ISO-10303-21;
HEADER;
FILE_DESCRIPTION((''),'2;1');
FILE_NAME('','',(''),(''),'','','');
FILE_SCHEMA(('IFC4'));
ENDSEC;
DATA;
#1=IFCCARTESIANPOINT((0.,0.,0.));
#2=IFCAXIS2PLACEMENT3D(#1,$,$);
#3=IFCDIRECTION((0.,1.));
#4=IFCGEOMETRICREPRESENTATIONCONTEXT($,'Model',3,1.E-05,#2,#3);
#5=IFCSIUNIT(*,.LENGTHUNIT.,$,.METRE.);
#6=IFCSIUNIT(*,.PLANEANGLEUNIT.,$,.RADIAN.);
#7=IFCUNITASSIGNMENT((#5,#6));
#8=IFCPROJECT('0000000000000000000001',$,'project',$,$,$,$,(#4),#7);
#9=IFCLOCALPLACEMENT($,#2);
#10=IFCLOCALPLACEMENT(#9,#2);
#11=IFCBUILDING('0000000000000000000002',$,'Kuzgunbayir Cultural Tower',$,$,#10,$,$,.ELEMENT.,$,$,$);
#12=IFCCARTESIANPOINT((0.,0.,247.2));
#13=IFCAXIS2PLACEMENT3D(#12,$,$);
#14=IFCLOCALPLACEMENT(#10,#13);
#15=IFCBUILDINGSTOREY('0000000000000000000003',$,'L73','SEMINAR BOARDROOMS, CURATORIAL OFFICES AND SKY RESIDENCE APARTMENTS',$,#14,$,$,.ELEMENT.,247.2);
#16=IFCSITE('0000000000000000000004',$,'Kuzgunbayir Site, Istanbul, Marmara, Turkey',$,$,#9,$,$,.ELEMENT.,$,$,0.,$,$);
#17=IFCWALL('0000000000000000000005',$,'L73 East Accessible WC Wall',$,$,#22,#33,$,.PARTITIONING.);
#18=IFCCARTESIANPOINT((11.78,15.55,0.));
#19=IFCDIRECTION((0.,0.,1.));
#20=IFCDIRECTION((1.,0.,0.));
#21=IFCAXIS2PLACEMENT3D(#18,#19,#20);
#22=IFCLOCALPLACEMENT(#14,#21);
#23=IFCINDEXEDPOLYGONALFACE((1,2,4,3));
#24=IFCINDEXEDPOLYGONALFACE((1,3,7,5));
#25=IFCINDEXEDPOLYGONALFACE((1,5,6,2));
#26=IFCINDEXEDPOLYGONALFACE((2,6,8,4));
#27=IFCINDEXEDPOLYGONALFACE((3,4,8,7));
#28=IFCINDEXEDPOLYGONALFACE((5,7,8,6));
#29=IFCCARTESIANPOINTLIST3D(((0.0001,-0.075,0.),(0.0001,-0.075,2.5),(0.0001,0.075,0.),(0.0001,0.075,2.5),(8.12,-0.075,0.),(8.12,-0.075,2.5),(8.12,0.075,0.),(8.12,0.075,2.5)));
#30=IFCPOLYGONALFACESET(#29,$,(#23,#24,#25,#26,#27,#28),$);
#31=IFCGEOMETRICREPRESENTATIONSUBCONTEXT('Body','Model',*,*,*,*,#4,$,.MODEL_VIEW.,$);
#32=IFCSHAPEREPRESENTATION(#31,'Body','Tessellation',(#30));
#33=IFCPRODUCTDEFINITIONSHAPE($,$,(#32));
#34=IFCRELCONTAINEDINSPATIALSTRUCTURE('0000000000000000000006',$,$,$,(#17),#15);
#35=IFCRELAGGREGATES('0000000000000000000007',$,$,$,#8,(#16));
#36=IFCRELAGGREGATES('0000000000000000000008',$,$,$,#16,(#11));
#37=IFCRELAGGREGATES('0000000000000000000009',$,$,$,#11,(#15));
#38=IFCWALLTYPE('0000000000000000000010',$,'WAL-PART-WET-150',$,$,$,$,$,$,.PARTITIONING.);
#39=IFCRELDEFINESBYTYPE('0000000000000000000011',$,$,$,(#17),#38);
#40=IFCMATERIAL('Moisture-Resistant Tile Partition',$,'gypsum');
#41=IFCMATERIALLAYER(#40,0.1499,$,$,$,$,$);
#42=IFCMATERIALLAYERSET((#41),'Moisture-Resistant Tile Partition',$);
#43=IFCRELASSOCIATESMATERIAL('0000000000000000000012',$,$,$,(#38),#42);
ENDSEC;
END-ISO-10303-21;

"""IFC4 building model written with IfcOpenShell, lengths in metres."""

from ifc_helpers import new_model, si_unit, direction, frame, frame_2d, origin, place, context, subcontext, project, spatial, rectangle, extrude, material, layer, layer_set, type_object, element, save


model = new_model("IFC4")

# Units and contexts
model_context = context("Model", 3, precision=1e-05, world=origin(), true_north=direction((0.0, 1.0)))
body_context = subcontext(model_context, "Body", "Model", "MODEL_VIEW")
ifc_project = project(units=[si_unit("LENGTHUNIT", "METRE"), si_unit("PLANEANGLEUNIT", "RADIAN")], contexts=[model_context])

# Site, building, storey
site_placement = place(None, origin())
site = spatial("IfcSite", under=ifc_project, at=site_placement, Name="Kuzgunbayir Site, Istanbul, Marmara, Turkey", CompositionType="ELEMENT", RefElevation=0.0)
building_placement = place(site_placement, origin())
building = spatial("IfcBuilding", under=site, at=building_placement, Name="Kuzgunbayir Cultural Tower", CompositionType="ELEMENT")
storey_placement = place(building_placement, frame((0.0, 0.0, 247.2)))
storey = spatial("IfcBuildingStorey", under=building, at=storey_placement, Name="L73", Description="SEMINAR BOARDROOMS, CURATORIAL OFFICES AND SKY RESIDENCE APARTMENTS", CompositionType="ELEMENT", Elevation=247.2)

# Shared definitions
ifc_material_1 = material(Name="Moisture-Resistant Tile Partition", Category="gypsum")
ifc_layer_1 = layer(ifc_material_1, 0.1499)
ifc_layer_set_1 = layer_set([ifc_layer_1], Name="Moisture-Resistant Tile Partition")
wall_type_1 = type_object("IfcWallType", Name="WAL-PART-WET-150", PredefinedType="PARTITIONING", material=ifc_layer_set_1)

# Wall
wall_1_placement = place(storey_placement, frame((11.78, 15.55, 0.0), z_axis=(0.0, 0.0, 1.0), x_axis=(1.0, 0.0, 0.0)))
element("IfcWall", 1, at=wall_1_placement, inside=storey, type_object=wall_type_1, Name="L73 East Accessible WC Wall", PredefinedType="PARTITIONING", context=body_context, shape_type="SweptSolid", body=[
    extrude(rectangle(XDim=8.1199, YDim=0.1499, at=frame_2d((4.0601, 0.0))), origin(), (0.0, 0.0, 1.0), 2.5),
])

save(model, "model.ifc")
